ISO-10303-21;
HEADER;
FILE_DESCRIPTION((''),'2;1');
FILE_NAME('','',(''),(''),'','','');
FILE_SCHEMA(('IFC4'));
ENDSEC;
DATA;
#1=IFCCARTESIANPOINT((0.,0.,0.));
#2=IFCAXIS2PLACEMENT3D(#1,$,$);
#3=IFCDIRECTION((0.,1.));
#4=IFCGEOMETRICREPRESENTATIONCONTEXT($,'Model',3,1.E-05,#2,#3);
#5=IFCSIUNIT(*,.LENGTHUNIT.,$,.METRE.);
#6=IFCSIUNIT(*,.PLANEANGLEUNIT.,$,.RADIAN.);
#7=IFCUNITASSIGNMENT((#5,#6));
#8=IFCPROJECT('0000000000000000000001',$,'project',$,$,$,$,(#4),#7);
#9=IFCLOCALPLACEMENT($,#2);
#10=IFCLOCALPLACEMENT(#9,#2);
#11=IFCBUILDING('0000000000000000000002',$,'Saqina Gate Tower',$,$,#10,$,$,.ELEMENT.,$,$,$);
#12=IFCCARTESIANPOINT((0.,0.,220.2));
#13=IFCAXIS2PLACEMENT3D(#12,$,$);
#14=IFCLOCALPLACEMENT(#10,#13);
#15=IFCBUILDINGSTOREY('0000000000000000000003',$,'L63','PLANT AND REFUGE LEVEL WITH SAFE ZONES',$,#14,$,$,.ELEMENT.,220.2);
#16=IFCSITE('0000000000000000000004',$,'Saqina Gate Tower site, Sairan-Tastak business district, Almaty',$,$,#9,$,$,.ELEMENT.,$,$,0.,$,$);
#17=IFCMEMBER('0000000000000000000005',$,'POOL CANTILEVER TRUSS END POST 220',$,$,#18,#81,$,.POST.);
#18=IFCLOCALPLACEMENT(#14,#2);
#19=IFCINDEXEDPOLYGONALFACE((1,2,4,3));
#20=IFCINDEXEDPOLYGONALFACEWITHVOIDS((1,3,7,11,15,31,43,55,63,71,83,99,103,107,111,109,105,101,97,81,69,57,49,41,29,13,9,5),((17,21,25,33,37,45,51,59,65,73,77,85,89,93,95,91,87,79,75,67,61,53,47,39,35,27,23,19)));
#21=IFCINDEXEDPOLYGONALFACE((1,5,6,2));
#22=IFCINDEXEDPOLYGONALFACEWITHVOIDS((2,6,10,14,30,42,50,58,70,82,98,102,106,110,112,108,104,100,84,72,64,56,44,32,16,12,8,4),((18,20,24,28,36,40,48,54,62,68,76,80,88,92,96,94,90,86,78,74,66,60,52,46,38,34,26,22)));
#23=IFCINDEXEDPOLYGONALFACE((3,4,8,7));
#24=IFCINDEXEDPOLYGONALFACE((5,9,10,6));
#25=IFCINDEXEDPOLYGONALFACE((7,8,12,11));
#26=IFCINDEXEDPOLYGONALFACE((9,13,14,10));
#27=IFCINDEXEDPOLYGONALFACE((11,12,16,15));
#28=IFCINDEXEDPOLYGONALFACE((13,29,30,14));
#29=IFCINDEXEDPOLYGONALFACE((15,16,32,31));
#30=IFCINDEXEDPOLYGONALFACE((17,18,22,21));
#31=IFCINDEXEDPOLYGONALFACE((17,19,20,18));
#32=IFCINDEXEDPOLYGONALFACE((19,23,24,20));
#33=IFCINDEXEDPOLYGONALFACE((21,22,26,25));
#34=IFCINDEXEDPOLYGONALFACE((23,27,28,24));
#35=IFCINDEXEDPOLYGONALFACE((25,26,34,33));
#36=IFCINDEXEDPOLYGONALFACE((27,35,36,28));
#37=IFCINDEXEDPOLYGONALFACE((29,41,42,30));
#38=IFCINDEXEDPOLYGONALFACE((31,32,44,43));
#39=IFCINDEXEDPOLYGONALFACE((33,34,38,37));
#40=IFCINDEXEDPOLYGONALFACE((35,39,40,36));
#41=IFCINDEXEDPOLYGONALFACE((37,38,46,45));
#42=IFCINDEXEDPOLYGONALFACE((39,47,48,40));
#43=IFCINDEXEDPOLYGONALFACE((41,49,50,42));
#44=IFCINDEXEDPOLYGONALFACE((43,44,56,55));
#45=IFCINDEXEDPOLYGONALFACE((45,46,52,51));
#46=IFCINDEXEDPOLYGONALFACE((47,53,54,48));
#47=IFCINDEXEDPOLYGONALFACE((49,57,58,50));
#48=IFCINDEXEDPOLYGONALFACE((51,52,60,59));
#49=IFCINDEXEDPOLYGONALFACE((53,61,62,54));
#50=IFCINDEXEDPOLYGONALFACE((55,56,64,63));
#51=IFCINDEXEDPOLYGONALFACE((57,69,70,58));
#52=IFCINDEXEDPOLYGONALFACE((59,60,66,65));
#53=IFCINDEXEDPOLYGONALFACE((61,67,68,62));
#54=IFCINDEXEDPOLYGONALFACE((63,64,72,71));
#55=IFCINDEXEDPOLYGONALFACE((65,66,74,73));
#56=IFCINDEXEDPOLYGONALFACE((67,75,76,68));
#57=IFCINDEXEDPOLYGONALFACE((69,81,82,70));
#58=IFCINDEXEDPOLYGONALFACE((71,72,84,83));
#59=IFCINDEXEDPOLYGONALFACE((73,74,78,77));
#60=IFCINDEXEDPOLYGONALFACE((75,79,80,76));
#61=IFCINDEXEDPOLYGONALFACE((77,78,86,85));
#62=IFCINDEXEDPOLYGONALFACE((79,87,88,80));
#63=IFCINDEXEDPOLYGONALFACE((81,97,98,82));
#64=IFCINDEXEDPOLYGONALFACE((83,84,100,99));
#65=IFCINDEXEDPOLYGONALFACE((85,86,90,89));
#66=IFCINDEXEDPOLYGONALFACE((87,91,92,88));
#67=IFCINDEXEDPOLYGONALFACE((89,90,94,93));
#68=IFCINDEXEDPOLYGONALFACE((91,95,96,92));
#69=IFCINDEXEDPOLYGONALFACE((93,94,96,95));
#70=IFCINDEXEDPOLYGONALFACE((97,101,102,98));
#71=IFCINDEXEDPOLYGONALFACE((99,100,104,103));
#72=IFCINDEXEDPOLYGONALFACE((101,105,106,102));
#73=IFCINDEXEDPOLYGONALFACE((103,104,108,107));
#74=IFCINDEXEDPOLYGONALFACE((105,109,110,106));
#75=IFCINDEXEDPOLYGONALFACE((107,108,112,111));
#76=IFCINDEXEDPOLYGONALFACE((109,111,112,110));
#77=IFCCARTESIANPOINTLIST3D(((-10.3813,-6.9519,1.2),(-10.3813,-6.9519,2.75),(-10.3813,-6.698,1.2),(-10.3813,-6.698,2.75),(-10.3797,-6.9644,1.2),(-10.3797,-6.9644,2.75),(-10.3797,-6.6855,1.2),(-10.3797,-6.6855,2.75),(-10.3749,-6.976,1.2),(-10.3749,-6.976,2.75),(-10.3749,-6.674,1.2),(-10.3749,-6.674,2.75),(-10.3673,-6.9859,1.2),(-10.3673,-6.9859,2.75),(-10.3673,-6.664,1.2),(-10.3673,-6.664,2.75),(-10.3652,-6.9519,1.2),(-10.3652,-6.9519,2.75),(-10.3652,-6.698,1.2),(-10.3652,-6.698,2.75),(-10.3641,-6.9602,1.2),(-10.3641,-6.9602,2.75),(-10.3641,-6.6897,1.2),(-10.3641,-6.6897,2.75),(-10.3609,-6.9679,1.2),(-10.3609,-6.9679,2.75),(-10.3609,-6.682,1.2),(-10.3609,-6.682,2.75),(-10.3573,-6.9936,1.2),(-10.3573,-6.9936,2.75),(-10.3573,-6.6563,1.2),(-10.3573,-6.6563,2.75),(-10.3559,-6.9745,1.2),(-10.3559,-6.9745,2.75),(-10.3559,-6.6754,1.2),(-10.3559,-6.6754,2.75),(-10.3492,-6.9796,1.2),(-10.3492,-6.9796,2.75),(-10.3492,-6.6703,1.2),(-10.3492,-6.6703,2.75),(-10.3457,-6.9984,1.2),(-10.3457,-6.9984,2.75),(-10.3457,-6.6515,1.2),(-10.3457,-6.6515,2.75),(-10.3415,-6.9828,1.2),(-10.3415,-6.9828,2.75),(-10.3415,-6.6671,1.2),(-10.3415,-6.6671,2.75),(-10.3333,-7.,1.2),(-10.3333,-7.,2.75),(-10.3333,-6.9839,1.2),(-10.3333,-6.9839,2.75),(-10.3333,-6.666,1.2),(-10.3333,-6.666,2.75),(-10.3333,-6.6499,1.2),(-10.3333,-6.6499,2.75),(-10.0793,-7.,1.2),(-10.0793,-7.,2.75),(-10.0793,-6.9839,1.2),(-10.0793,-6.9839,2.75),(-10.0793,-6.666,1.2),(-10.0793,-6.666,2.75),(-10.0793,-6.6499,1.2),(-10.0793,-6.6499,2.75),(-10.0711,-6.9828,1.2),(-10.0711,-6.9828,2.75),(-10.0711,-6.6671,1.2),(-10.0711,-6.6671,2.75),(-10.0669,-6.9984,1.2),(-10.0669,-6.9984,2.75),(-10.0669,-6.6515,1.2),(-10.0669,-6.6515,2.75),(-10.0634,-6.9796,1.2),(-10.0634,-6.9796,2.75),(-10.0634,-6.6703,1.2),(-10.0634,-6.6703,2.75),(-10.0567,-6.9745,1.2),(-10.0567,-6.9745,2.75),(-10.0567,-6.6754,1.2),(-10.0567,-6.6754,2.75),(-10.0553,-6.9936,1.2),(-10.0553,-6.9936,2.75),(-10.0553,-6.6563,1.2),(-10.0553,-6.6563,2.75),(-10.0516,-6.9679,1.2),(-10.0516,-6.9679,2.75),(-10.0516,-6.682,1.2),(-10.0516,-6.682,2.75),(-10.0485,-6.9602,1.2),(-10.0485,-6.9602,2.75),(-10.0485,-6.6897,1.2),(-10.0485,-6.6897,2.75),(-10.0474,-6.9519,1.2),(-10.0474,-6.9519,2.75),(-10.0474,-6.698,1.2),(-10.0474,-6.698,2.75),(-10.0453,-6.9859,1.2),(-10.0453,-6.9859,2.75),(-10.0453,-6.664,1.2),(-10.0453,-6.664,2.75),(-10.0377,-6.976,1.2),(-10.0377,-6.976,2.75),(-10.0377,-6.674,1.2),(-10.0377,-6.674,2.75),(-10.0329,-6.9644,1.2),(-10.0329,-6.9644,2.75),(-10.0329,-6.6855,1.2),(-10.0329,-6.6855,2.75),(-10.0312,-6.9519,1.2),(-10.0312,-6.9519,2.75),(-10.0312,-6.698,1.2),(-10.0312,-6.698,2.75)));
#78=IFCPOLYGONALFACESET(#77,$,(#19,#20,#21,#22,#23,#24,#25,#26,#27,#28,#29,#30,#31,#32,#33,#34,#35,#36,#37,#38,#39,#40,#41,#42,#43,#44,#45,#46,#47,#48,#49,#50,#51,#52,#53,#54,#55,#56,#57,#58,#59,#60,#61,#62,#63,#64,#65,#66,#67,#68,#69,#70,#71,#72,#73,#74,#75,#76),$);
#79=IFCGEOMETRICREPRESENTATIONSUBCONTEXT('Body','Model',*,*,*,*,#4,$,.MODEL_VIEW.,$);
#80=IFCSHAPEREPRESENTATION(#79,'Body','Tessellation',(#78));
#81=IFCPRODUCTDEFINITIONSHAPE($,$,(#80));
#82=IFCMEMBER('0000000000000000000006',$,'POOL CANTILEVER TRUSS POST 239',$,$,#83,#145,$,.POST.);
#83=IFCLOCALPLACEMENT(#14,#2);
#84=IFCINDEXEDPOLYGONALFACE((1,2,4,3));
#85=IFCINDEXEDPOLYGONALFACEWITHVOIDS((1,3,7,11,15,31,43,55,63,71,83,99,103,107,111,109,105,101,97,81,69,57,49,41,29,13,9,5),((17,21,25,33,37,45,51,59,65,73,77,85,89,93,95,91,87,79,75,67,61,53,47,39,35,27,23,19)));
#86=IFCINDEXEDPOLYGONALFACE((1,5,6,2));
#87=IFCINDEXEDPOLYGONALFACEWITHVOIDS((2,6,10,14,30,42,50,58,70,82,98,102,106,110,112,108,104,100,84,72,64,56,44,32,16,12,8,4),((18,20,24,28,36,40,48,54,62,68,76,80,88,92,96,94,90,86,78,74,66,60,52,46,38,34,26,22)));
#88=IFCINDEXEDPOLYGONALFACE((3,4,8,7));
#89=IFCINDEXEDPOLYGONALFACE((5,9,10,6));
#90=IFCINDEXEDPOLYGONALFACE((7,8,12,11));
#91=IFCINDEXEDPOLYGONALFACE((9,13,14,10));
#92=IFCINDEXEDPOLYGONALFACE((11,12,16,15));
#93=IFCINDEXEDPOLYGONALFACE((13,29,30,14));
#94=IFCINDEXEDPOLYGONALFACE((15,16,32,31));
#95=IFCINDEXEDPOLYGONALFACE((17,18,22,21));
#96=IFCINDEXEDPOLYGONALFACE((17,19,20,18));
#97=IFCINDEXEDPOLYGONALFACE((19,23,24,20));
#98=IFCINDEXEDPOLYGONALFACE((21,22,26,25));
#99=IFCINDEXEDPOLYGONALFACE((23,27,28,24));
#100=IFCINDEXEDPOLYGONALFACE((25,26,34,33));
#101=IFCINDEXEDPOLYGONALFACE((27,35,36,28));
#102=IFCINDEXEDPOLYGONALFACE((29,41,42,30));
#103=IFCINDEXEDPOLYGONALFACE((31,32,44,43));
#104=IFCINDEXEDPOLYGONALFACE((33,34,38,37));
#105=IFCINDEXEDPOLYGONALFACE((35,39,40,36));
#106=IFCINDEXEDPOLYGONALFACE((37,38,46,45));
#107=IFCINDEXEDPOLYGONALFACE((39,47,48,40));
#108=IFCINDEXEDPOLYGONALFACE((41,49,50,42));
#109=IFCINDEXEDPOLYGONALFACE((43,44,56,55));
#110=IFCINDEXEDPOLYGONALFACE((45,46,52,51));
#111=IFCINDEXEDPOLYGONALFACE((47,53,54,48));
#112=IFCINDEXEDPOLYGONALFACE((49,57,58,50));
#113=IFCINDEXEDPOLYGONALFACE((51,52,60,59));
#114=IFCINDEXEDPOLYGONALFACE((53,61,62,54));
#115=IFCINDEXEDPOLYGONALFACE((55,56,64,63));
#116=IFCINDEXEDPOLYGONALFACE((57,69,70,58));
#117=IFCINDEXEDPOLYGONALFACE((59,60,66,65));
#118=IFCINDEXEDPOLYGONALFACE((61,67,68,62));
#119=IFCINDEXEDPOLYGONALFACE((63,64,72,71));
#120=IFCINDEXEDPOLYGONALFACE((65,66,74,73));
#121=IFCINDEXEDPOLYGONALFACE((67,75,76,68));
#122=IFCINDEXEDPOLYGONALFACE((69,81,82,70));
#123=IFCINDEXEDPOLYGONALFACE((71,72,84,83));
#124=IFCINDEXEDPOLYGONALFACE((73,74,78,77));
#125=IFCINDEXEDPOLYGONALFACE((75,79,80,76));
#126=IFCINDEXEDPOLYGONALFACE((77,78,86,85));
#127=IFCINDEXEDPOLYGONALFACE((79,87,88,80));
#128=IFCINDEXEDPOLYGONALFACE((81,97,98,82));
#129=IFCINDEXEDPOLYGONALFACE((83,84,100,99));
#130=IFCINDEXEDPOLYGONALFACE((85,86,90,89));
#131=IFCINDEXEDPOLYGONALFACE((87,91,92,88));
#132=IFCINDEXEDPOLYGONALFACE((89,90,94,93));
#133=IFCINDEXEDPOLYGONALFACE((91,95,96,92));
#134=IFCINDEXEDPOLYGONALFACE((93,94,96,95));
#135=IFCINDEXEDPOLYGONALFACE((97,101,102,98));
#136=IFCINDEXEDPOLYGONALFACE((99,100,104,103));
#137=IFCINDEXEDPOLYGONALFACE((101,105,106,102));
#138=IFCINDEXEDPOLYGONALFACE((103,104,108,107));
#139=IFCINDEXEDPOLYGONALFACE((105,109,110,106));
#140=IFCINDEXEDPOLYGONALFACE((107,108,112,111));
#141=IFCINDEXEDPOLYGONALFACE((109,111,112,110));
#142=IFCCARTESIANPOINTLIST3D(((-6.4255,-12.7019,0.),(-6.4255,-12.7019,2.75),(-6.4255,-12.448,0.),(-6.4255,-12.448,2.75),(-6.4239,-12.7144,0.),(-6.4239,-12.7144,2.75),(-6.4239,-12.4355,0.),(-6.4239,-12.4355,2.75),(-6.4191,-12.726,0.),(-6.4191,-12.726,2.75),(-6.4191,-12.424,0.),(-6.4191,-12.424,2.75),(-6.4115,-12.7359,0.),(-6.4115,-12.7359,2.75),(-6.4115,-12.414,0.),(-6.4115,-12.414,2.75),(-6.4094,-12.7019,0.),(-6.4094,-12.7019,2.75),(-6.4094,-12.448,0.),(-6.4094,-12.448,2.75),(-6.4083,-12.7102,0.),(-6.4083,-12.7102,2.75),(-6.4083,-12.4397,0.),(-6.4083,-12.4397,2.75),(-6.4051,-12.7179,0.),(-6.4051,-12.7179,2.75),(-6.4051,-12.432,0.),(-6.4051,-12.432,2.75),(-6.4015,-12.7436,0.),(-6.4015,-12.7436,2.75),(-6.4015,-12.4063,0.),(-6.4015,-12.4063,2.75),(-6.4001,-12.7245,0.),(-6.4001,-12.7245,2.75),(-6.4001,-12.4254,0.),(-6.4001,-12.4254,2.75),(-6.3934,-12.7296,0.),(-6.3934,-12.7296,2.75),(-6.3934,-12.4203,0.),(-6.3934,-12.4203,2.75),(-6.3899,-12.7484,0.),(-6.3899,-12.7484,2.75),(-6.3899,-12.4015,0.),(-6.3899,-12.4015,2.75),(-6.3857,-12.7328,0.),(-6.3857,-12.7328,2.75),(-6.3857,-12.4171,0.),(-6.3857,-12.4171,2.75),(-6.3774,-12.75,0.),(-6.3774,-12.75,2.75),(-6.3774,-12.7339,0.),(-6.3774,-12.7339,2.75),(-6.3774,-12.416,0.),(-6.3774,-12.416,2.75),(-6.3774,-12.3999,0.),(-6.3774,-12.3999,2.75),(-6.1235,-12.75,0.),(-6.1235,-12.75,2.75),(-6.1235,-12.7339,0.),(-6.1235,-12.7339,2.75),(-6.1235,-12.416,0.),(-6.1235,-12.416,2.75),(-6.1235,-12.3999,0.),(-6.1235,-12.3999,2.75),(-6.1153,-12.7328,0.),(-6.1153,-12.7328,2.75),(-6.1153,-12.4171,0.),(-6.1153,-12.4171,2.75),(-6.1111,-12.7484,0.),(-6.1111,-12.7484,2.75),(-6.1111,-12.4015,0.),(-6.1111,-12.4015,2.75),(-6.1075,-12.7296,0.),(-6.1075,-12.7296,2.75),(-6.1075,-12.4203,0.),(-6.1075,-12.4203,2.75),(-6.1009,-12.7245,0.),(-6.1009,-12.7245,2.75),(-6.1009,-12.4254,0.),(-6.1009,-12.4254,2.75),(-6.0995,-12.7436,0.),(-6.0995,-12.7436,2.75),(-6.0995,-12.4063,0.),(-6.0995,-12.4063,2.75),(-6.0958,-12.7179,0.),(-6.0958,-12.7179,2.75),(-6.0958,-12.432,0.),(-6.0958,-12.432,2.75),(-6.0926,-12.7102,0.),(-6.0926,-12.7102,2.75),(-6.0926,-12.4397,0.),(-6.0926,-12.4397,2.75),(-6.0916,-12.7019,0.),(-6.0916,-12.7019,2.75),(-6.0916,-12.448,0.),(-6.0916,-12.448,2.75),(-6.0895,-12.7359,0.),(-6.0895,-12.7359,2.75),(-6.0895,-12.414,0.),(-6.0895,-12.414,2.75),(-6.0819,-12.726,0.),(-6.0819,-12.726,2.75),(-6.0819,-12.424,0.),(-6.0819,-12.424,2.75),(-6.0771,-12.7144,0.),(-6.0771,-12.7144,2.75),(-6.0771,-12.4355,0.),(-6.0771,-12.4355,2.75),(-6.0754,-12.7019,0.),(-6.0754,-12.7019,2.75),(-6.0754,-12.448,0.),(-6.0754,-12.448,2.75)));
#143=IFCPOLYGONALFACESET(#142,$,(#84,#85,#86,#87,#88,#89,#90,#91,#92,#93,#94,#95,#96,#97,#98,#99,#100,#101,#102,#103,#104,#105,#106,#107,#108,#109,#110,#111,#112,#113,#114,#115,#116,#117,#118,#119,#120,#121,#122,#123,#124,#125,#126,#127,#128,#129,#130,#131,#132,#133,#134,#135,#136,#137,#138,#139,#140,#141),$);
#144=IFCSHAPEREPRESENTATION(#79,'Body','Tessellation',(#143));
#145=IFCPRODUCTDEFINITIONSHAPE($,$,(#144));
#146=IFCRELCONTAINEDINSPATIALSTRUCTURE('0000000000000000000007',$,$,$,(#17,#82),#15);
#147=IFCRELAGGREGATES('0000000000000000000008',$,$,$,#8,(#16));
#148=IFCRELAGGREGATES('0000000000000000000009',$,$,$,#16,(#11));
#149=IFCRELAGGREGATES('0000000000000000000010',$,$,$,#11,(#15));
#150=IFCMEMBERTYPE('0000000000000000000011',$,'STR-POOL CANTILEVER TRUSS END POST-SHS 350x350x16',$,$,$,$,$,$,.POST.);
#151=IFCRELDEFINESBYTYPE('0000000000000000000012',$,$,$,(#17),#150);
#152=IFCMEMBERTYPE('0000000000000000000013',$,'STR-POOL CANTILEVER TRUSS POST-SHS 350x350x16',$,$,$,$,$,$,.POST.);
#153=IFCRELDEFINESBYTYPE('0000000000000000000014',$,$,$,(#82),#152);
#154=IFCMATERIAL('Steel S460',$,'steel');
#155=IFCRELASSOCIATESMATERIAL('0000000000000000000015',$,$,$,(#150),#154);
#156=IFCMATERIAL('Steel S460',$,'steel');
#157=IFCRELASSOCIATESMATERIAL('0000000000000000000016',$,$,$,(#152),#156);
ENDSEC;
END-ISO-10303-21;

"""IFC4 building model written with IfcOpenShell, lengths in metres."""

from ifc_helpers import new_model, si_unit, direction, frame, origin, origin_2d, place, context, subcontext, project, spatial, hollow_rectangle, extrude, material, material_profile, profile_set, type_object, element, save


model = new_model("IFC4")

# Units and contexts
model_context = context("Model", 3, precision=1e-05, world=origin(), true_north=direction((0.0, 1.0)))
body_context = subcontext(model_context, "Body", "Model", "MODEL_VIEW")
ifc_project = project(units=[si_unit("LENGTHUNIT", "METRE"), si_unit("PLANEANGLEUNIT", "RADIAN")], contexts=[model_context])

# Site, building, storey
site_placement = place(None, origin())
site = spatial("IfcSite", under=ifc_project, at=site_placement, Name="Saqina Gate Tower site, Sairan-Tastak business district, Almaty", CompositionType="ELEMENT", RefElevation=0.0)
building_placement = place(site_placement, origin())
building = spatial("IfcBuilding", under=site, at=building_placement, Name="Saqina Gate Tower", CompositionType="ELEMENT")
storey_placement = place(building_placement, frame((0.0, 0.0, 220.2)))
storey = spatial("IfcBuildingStorey", under=building, at=storey_placement, Name="L63", Description="PLANT AND REFUGE LEVEL WITH SAFE ZONES", CompositionType="ELEMENT", Elevation=220.2)

# Members
ifc_material_1 = material(Name="Steel S460", Category="steel")
ifc_material_profile_1 = material_profile(ifc_material_1, hollow_rectangle(XDim=0.3501, YDim=0.3501, WallThickness=0.0161, InnerFilletRadius=0.032, OuterFilletRadius=0.0481, at=origin_2d()), Name="SHS 350x350x16")
ifc_profile_set_1 = profile_set([ifc_material_profile_1], Name="Steel S460")
member_type_1 = type_object("IfcMemberType", Name="STR-POOL CANTILEVER TRUSS END POST-SHS 350x350x16", PredefinedType="POST", material=ifc_profile_set_1)
member_1_placement = place(storey_placement, frame((-10.2063, -6.825, 1.2), z_axis=(0.0, 0.0, 1.0), x_axis=(1.0, 0.0, 0.0)))
element("IfcMember", 1, at=member_1_placement, inside=storey, type_object=member_type_1, Name="POOL CANTILEVER TRUSS END POST 220", PredefinedType="POST", context=body_context, shape_type="SweptSolid", body=[
    extrude(hollow_rectangle(XDim=0.3501, YDim=0.3501, WallThickness=0.0161, InnerFilletRadius=0.032, OuterFilletRadius=0.0481, at=origin_2d()), origin(), (0.0, 0.0, 1.0), 1.55),
])
ifc_material_2 = material(Name="Steel S460", Category="steel")
ifc_material_profile_2 = material_profile(ifc_material_2, hollow_rectangle(XDim=0.3501, YDim=0.3501, WallThickness=0.0161, InnerFilletRadius=0.032, OuterFilletRadius=0.0481, at=origin_2d()), Name="SHS 350x350x16")
ifc_profile_set_2 = profile_set([ifc_material_profile_2], Name="Steel S460")
member_type_2 = type_object("IfcMemberType", Name="STR-POOL CANTILEVER TRUSS POST-SHS 350x350x16", PredefinedType="POST", material=ifc_profile_set_2)
for number, where, z_axis, x_axis, name in (
    (2, (-6.2505, -12.575, 0.0), (0.0, 0.0, 1.0), (1.0, 0.0, 0.0), "POOL CANTILEVER TRUSS POST 239"),
):
    element("IfcMember", number, at=place(storey_placement, frame(where, z_axis=z_axis, x_axis=x_axis)), inside=storey, type_object=member_type_2, Name=name, PredefinedType="POST", context=body_context, shape_type="SweptSolid", body=[
        extrude(hollow_rectangle(XDim=0.3501, YDim=0.3501, WallThickness=0.0161, InnerFilletRadius=0.032, OuterFilletRadius=0.0481, at=origin_2d()), origin(), (0.0, 0.0, 1.0), 2.75),
    ])

save(model, "model.ifc")
